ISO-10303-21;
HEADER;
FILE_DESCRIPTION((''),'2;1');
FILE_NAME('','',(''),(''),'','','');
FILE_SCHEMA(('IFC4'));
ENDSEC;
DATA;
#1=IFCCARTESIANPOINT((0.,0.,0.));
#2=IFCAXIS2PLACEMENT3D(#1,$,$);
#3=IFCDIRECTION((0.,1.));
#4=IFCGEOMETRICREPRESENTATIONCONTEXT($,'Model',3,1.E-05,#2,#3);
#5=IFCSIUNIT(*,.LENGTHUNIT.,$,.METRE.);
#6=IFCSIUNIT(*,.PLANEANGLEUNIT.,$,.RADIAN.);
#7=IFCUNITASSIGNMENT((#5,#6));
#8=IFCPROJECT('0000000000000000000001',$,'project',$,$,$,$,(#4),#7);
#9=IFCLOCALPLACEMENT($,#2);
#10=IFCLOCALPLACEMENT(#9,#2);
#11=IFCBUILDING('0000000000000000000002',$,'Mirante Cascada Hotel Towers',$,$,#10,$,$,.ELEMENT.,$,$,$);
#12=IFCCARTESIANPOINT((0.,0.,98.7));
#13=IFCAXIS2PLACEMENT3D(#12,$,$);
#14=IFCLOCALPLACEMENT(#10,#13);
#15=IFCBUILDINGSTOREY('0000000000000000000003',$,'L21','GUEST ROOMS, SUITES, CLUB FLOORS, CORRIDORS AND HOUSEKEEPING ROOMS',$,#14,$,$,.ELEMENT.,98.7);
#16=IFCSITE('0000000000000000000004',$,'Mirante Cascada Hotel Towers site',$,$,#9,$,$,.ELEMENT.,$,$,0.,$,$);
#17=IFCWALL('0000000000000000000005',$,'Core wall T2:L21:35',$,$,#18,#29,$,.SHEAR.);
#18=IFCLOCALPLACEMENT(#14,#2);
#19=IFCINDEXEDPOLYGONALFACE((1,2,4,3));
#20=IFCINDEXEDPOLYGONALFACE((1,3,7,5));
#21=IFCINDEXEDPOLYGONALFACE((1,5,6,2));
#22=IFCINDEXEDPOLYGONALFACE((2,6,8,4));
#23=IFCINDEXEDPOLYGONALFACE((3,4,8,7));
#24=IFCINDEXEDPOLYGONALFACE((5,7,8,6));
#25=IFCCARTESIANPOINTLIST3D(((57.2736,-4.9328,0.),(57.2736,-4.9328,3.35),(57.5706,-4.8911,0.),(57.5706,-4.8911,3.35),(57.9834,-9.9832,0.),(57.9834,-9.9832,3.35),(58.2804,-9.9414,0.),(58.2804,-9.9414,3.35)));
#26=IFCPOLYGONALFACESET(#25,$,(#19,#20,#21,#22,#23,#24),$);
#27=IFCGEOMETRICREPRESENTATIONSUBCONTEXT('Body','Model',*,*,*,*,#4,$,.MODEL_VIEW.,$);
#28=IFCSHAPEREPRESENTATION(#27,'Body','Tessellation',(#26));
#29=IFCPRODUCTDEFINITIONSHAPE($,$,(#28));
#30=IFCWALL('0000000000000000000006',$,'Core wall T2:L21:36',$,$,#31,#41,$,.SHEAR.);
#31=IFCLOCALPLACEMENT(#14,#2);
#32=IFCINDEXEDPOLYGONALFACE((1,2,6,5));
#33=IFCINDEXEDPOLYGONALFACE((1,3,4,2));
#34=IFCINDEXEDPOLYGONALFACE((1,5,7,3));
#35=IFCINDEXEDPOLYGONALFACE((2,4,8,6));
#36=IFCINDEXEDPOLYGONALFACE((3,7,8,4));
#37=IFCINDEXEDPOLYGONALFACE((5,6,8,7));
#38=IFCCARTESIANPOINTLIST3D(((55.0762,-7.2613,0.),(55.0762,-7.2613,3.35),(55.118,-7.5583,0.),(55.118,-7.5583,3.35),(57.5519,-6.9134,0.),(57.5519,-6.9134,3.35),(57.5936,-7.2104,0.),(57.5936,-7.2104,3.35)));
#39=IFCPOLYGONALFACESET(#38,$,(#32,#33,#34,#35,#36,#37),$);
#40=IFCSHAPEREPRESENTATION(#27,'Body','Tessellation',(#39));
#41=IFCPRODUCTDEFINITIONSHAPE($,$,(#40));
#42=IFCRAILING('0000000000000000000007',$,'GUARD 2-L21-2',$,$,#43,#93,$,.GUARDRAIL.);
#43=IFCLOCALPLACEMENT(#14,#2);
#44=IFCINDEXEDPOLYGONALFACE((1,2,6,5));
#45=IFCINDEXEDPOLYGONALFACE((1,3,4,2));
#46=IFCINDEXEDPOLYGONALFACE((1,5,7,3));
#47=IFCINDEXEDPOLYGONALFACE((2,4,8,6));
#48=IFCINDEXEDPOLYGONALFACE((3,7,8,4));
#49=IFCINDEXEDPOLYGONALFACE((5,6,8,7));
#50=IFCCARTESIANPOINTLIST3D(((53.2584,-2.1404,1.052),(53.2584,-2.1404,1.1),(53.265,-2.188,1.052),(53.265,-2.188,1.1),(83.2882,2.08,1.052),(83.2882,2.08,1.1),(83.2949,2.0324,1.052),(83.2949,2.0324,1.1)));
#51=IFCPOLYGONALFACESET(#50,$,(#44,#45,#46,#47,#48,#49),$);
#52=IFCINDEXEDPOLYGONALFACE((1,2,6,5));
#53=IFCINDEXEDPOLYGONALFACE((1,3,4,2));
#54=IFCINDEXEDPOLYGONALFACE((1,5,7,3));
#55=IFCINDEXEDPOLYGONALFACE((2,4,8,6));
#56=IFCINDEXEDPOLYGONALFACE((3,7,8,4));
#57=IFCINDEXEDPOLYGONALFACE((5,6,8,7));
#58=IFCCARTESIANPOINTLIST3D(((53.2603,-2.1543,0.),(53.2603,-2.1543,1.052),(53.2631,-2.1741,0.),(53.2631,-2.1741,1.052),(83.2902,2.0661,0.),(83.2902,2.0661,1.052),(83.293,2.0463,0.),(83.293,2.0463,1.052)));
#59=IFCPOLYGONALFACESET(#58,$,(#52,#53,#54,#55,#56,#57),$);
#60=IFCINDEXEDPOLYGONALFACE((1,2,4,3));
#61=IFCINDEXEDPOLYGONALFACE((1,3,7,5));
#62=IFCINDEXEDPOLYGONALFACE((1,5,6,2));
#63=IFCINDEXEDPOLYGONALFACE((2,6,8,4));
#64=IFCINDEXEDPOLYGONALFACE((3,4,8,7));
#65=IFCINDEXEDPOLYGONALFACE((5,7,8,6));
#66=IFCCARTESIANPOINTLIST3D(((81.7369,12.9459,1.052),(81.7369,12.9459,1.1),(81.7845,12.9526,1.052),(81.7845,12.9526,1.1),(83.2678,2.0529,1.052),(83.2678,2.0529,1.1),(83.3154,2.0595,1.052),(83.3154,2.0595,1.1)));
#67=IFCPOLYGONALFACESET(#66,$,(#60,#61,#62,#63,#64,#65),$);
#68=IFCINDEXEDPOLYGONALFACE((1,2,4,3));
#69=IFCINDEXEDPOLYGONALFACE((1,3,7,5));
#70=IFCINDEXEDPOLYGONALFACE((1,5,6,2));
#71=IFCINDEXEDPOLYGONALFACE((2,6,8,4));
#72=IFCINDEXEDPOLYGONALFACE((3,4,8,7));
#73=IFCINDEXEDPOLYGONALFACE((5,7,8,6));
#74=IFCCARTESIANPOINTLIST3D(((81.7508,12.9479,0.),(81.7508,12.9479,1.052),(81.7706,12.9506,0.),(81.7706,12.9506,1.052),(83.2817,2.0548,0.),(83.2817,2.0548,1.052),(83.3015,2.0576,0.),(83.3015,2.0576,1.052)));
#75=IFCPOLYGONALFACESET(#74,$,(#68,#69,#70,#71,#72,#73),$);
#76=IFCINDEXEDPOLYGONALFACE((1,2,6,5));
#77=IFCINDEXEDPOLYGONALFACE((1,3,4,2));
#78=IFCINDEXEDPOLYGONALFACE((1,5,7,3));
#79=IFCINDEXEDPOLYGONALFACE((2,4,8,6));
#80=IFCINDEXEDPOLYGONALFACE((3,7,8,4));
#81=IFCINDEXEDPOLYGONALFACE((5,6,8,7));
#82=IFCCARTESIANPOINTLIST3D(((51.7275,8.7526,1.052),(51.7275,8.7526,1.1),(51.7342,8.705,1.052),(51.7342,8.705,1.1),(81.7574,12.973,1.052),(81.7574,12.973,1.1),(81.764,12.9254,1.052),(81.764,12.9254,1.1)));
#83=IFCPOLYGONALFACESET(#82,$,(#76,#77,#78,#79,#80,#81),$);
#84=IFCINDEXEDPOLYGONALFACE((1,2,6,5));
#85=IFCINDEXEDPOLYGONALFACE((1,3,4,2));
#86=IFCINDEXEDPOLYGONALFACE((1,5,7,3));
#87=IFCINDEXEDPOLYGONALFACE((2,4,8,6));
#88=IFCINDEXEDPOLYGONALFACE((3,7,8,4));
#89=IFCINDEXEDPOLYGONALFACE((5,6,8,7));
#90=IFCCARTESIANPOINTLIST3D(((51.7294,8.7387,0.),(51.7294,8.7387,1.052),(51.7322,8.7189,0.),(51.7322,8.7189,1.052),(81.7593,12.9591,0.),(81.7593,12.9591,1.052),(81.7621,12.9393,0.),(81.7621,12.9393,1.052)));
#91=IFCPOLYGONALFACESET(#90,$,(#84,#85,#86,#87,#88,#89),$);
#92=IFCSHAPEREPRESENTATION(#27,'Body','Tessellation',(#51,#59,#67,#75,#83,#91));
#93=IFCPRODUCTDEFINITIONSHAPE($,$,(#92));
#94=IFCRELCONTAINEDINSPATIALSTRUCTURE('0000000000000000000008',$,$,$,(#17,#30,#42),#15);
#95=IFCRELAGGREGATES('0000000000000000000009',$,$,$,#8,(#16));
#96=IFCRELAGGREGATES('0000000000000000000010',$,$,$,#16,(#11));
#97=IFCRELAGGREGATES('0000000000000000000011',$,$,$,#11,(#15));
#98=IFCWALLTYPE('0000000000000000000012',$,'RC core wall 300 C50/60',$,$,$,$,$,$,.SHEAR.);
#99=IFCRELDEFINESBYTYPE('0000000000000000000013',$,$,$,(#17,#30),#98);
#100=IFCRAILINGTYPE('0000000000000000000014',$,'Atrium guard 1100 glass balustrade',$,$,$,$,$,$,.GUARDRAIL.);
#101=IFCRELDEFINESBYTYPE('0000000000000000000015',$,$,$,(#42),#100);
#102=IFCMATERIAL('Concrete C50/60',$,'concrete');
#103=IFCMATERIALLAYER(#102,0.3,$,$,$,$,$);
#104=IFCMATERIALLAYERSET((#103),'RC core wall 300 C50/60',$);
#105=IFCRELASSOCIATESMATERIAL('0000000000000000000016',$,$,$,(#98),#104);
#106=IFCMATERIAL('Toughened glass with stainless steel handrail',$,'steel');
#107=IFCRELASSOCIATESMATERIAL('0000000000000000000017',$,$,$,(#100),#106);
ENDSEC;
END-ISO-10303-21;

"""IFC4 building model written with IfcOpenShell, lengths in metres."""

from ifc_helpers import new_model, si_unit, direction, frame, frame_2d, origin, origin_2d, place, context, subcontext, project, spatial, rectangle, extrude, material, layer, layer_set, type_object, element, save


model = new_model("IFC4")

# Units and contexts
model_context = context("Model", 3, precision=1e-05, world=origin(), true_north=direction((0.0, 1.0)))
body_context = subcontext(model_context, "Body", "Model", "MODEL_VIEW")
ifc_project = project(units=[si_unit("LENGTHUNIT", "METRE"), si_unit("PLANEANGLEUNIT", "RADIAN")], contexts=[model_context])

# Site, building, storey
site_placement = place(None, origin())
site = spatial("IfcSite", under=ifc_project, at=site_placement, Name="Mirante Cascada Hotel Towers site", CompositionType="ELEMENT", RefElevation=0.0)
building_placement = place(site_placement, origin())
building = spatial("IfcBuilding", under=site, at=building_placement, Name="Mirante Cascada Hotel Towers", CompositionType="ELEMENT")
storey_placement = place(building_placement, frame((0.0, 0.0, 98.7)))
storey = spatial("IfcBuildingStorey", under=building, at=storey_placement, Name="L21", Description="GUEST ROOMS, SUITES, CLUB FLOORS, CORRIDORS AND HOUSEKEEPING ROOMS", CompositionType="ELEMENT", Elevation=98.7)

# Shared definitions
ifc_material_1 = material(Name="Concrete C50/60", Category="concrete")
ifc_layer_1 = layer(ifc_material_1, 0.3)
ifc_layer_set_1 = layer_set([ifc_layer_1], Name="RC core wall 300 C50/60")
wall_type_1 = type_object("IfcWallType", Name="RC core wall 300 C50/60", PredefinedType="SHEAR", material=ifc_layer_set_1)

# Walls
for number, where, z_axis, x_axis, name in (
    (1, (58.1319, -9.9623, 0.0), (0.0, 0.0, 1.0), (-0.139176, 0.990268, 0.0), "Core wall T2:L21:35"),
):
    element("IfcWall", number, at=place(storey_placement, frame(where, z_axis=z_axis, x_axis=x_axis)), inside=storey, type_object=wall_type_1, Name=name, PredefinedType="SHEAR", context=body_context, shape_type="SweptSolid", body=[
        extrude(rectangle(XDim=5.1, YDim=0.3, at=frame_2d((2.55, 0.0))), origin(), (0.0, 0.0, 1.0), 3.35),
    ])
wall_1_placement = place(storey_placement, frame((55.0971, -7.4098, 0.0), z_axis=(0.0, 0.0, 1.0), x_axis=(0.99027, 0.139159, 0.0)))
element("IfcWall", 2, at=wall_1_placement, inside=storey, type_object=wall_type_1, Name="Core wall T2:L21:36", PredefinedType="SHEAR", context=body_context, shape_type="SweptSolid", body=[
    extrude(rectangle(XDim=2.5, YDim=0.3, at=frame_2d((1.25, 0.0))), origin(), (0.0, 0.0, 1.0), 3.35),
])

# Railing
ifc_material_2 = material(Name="Toughened glass with stainless steel handrail", Category="steel")
railing_type = type_object("IfcRailingType", Name="Atrium guard 1100 glass balustrade", PredefinedType="GUARDRAIL", material=ifc_material_2)
railing_placement = place(storey_placement, frame((53.2617, -2.1642, 0.0)))
element("IfcRailing", 3, at=railing_placement, inside=storey, type_object=railing_type, Name="GUARD 2-L21-2", PredefinedType="GUARDRAIL", context=body_context, shape_type="SweptSolid", body=[
    extrude(rectangle(XDim=0.048, YDim=0.048, at=origin_2d()), frame((0.0, 0.0, 1.076), z_axis=(0.990268, 0.139172, 0.0), x_axis=(-0.139172, 0.990268, 0.0)), (0.0, 0.0, 1.0), 30.325),
    extrude(rectangle(XDim=0.02, YDim=1.052, at=origin_2d()), frame((0.0, 0.0, 0.526), z_axis=(0.990268, 0.139172, 0.0), x_axis=(-0.139172, 0.990268, 0.0)), (0.0, 0.0, 1.0), 30.325),
    extrude(rectangle(XDim=0.048, YDim=0.048, at=origin_2d()), frame((30.0299, 4.2204, 1.076), z_axis=(-0.139172, 0.990268, 0.0), x_axis=(-0.990268, -0.139172, 0.0)), (0.0, 0.0, 1.0), 11.0001),
    extrude(rectangle(XDim=0.02, YDim=1.052, at=origin_2d()), frame((30.0299, 4.2204, 0.526), z_axis=(-0.139172, 0.990268, 0.0), x_axis=(-0.990268, -0.139172, 0.0)), (0.0, 0.0, 1.0), 11.0001),
    extrude(rectangle(XDim=0.048, YDim=0.048, at=origin_2d()), frame((28.499, 15.1134, 1.076), z_axis=(-0.990268, -0.139172, 0.0), x_axis=(0.139172, -0.990268, 0.0)), (0.0, 0.0, 1.0), 30.325),
    extrude(rectangle(XDim=0.02, YDim=1.052, at=origin_2d()), frame((28.499, 15.1134, 0.526), z_axis=(-0.990268, -0.139172, 0.0), x_axis=(0.139172, -0.990268, 0.0)), (0.0, 0.0, 1.0), 30.325),
])

save(model, "model.ifc")
